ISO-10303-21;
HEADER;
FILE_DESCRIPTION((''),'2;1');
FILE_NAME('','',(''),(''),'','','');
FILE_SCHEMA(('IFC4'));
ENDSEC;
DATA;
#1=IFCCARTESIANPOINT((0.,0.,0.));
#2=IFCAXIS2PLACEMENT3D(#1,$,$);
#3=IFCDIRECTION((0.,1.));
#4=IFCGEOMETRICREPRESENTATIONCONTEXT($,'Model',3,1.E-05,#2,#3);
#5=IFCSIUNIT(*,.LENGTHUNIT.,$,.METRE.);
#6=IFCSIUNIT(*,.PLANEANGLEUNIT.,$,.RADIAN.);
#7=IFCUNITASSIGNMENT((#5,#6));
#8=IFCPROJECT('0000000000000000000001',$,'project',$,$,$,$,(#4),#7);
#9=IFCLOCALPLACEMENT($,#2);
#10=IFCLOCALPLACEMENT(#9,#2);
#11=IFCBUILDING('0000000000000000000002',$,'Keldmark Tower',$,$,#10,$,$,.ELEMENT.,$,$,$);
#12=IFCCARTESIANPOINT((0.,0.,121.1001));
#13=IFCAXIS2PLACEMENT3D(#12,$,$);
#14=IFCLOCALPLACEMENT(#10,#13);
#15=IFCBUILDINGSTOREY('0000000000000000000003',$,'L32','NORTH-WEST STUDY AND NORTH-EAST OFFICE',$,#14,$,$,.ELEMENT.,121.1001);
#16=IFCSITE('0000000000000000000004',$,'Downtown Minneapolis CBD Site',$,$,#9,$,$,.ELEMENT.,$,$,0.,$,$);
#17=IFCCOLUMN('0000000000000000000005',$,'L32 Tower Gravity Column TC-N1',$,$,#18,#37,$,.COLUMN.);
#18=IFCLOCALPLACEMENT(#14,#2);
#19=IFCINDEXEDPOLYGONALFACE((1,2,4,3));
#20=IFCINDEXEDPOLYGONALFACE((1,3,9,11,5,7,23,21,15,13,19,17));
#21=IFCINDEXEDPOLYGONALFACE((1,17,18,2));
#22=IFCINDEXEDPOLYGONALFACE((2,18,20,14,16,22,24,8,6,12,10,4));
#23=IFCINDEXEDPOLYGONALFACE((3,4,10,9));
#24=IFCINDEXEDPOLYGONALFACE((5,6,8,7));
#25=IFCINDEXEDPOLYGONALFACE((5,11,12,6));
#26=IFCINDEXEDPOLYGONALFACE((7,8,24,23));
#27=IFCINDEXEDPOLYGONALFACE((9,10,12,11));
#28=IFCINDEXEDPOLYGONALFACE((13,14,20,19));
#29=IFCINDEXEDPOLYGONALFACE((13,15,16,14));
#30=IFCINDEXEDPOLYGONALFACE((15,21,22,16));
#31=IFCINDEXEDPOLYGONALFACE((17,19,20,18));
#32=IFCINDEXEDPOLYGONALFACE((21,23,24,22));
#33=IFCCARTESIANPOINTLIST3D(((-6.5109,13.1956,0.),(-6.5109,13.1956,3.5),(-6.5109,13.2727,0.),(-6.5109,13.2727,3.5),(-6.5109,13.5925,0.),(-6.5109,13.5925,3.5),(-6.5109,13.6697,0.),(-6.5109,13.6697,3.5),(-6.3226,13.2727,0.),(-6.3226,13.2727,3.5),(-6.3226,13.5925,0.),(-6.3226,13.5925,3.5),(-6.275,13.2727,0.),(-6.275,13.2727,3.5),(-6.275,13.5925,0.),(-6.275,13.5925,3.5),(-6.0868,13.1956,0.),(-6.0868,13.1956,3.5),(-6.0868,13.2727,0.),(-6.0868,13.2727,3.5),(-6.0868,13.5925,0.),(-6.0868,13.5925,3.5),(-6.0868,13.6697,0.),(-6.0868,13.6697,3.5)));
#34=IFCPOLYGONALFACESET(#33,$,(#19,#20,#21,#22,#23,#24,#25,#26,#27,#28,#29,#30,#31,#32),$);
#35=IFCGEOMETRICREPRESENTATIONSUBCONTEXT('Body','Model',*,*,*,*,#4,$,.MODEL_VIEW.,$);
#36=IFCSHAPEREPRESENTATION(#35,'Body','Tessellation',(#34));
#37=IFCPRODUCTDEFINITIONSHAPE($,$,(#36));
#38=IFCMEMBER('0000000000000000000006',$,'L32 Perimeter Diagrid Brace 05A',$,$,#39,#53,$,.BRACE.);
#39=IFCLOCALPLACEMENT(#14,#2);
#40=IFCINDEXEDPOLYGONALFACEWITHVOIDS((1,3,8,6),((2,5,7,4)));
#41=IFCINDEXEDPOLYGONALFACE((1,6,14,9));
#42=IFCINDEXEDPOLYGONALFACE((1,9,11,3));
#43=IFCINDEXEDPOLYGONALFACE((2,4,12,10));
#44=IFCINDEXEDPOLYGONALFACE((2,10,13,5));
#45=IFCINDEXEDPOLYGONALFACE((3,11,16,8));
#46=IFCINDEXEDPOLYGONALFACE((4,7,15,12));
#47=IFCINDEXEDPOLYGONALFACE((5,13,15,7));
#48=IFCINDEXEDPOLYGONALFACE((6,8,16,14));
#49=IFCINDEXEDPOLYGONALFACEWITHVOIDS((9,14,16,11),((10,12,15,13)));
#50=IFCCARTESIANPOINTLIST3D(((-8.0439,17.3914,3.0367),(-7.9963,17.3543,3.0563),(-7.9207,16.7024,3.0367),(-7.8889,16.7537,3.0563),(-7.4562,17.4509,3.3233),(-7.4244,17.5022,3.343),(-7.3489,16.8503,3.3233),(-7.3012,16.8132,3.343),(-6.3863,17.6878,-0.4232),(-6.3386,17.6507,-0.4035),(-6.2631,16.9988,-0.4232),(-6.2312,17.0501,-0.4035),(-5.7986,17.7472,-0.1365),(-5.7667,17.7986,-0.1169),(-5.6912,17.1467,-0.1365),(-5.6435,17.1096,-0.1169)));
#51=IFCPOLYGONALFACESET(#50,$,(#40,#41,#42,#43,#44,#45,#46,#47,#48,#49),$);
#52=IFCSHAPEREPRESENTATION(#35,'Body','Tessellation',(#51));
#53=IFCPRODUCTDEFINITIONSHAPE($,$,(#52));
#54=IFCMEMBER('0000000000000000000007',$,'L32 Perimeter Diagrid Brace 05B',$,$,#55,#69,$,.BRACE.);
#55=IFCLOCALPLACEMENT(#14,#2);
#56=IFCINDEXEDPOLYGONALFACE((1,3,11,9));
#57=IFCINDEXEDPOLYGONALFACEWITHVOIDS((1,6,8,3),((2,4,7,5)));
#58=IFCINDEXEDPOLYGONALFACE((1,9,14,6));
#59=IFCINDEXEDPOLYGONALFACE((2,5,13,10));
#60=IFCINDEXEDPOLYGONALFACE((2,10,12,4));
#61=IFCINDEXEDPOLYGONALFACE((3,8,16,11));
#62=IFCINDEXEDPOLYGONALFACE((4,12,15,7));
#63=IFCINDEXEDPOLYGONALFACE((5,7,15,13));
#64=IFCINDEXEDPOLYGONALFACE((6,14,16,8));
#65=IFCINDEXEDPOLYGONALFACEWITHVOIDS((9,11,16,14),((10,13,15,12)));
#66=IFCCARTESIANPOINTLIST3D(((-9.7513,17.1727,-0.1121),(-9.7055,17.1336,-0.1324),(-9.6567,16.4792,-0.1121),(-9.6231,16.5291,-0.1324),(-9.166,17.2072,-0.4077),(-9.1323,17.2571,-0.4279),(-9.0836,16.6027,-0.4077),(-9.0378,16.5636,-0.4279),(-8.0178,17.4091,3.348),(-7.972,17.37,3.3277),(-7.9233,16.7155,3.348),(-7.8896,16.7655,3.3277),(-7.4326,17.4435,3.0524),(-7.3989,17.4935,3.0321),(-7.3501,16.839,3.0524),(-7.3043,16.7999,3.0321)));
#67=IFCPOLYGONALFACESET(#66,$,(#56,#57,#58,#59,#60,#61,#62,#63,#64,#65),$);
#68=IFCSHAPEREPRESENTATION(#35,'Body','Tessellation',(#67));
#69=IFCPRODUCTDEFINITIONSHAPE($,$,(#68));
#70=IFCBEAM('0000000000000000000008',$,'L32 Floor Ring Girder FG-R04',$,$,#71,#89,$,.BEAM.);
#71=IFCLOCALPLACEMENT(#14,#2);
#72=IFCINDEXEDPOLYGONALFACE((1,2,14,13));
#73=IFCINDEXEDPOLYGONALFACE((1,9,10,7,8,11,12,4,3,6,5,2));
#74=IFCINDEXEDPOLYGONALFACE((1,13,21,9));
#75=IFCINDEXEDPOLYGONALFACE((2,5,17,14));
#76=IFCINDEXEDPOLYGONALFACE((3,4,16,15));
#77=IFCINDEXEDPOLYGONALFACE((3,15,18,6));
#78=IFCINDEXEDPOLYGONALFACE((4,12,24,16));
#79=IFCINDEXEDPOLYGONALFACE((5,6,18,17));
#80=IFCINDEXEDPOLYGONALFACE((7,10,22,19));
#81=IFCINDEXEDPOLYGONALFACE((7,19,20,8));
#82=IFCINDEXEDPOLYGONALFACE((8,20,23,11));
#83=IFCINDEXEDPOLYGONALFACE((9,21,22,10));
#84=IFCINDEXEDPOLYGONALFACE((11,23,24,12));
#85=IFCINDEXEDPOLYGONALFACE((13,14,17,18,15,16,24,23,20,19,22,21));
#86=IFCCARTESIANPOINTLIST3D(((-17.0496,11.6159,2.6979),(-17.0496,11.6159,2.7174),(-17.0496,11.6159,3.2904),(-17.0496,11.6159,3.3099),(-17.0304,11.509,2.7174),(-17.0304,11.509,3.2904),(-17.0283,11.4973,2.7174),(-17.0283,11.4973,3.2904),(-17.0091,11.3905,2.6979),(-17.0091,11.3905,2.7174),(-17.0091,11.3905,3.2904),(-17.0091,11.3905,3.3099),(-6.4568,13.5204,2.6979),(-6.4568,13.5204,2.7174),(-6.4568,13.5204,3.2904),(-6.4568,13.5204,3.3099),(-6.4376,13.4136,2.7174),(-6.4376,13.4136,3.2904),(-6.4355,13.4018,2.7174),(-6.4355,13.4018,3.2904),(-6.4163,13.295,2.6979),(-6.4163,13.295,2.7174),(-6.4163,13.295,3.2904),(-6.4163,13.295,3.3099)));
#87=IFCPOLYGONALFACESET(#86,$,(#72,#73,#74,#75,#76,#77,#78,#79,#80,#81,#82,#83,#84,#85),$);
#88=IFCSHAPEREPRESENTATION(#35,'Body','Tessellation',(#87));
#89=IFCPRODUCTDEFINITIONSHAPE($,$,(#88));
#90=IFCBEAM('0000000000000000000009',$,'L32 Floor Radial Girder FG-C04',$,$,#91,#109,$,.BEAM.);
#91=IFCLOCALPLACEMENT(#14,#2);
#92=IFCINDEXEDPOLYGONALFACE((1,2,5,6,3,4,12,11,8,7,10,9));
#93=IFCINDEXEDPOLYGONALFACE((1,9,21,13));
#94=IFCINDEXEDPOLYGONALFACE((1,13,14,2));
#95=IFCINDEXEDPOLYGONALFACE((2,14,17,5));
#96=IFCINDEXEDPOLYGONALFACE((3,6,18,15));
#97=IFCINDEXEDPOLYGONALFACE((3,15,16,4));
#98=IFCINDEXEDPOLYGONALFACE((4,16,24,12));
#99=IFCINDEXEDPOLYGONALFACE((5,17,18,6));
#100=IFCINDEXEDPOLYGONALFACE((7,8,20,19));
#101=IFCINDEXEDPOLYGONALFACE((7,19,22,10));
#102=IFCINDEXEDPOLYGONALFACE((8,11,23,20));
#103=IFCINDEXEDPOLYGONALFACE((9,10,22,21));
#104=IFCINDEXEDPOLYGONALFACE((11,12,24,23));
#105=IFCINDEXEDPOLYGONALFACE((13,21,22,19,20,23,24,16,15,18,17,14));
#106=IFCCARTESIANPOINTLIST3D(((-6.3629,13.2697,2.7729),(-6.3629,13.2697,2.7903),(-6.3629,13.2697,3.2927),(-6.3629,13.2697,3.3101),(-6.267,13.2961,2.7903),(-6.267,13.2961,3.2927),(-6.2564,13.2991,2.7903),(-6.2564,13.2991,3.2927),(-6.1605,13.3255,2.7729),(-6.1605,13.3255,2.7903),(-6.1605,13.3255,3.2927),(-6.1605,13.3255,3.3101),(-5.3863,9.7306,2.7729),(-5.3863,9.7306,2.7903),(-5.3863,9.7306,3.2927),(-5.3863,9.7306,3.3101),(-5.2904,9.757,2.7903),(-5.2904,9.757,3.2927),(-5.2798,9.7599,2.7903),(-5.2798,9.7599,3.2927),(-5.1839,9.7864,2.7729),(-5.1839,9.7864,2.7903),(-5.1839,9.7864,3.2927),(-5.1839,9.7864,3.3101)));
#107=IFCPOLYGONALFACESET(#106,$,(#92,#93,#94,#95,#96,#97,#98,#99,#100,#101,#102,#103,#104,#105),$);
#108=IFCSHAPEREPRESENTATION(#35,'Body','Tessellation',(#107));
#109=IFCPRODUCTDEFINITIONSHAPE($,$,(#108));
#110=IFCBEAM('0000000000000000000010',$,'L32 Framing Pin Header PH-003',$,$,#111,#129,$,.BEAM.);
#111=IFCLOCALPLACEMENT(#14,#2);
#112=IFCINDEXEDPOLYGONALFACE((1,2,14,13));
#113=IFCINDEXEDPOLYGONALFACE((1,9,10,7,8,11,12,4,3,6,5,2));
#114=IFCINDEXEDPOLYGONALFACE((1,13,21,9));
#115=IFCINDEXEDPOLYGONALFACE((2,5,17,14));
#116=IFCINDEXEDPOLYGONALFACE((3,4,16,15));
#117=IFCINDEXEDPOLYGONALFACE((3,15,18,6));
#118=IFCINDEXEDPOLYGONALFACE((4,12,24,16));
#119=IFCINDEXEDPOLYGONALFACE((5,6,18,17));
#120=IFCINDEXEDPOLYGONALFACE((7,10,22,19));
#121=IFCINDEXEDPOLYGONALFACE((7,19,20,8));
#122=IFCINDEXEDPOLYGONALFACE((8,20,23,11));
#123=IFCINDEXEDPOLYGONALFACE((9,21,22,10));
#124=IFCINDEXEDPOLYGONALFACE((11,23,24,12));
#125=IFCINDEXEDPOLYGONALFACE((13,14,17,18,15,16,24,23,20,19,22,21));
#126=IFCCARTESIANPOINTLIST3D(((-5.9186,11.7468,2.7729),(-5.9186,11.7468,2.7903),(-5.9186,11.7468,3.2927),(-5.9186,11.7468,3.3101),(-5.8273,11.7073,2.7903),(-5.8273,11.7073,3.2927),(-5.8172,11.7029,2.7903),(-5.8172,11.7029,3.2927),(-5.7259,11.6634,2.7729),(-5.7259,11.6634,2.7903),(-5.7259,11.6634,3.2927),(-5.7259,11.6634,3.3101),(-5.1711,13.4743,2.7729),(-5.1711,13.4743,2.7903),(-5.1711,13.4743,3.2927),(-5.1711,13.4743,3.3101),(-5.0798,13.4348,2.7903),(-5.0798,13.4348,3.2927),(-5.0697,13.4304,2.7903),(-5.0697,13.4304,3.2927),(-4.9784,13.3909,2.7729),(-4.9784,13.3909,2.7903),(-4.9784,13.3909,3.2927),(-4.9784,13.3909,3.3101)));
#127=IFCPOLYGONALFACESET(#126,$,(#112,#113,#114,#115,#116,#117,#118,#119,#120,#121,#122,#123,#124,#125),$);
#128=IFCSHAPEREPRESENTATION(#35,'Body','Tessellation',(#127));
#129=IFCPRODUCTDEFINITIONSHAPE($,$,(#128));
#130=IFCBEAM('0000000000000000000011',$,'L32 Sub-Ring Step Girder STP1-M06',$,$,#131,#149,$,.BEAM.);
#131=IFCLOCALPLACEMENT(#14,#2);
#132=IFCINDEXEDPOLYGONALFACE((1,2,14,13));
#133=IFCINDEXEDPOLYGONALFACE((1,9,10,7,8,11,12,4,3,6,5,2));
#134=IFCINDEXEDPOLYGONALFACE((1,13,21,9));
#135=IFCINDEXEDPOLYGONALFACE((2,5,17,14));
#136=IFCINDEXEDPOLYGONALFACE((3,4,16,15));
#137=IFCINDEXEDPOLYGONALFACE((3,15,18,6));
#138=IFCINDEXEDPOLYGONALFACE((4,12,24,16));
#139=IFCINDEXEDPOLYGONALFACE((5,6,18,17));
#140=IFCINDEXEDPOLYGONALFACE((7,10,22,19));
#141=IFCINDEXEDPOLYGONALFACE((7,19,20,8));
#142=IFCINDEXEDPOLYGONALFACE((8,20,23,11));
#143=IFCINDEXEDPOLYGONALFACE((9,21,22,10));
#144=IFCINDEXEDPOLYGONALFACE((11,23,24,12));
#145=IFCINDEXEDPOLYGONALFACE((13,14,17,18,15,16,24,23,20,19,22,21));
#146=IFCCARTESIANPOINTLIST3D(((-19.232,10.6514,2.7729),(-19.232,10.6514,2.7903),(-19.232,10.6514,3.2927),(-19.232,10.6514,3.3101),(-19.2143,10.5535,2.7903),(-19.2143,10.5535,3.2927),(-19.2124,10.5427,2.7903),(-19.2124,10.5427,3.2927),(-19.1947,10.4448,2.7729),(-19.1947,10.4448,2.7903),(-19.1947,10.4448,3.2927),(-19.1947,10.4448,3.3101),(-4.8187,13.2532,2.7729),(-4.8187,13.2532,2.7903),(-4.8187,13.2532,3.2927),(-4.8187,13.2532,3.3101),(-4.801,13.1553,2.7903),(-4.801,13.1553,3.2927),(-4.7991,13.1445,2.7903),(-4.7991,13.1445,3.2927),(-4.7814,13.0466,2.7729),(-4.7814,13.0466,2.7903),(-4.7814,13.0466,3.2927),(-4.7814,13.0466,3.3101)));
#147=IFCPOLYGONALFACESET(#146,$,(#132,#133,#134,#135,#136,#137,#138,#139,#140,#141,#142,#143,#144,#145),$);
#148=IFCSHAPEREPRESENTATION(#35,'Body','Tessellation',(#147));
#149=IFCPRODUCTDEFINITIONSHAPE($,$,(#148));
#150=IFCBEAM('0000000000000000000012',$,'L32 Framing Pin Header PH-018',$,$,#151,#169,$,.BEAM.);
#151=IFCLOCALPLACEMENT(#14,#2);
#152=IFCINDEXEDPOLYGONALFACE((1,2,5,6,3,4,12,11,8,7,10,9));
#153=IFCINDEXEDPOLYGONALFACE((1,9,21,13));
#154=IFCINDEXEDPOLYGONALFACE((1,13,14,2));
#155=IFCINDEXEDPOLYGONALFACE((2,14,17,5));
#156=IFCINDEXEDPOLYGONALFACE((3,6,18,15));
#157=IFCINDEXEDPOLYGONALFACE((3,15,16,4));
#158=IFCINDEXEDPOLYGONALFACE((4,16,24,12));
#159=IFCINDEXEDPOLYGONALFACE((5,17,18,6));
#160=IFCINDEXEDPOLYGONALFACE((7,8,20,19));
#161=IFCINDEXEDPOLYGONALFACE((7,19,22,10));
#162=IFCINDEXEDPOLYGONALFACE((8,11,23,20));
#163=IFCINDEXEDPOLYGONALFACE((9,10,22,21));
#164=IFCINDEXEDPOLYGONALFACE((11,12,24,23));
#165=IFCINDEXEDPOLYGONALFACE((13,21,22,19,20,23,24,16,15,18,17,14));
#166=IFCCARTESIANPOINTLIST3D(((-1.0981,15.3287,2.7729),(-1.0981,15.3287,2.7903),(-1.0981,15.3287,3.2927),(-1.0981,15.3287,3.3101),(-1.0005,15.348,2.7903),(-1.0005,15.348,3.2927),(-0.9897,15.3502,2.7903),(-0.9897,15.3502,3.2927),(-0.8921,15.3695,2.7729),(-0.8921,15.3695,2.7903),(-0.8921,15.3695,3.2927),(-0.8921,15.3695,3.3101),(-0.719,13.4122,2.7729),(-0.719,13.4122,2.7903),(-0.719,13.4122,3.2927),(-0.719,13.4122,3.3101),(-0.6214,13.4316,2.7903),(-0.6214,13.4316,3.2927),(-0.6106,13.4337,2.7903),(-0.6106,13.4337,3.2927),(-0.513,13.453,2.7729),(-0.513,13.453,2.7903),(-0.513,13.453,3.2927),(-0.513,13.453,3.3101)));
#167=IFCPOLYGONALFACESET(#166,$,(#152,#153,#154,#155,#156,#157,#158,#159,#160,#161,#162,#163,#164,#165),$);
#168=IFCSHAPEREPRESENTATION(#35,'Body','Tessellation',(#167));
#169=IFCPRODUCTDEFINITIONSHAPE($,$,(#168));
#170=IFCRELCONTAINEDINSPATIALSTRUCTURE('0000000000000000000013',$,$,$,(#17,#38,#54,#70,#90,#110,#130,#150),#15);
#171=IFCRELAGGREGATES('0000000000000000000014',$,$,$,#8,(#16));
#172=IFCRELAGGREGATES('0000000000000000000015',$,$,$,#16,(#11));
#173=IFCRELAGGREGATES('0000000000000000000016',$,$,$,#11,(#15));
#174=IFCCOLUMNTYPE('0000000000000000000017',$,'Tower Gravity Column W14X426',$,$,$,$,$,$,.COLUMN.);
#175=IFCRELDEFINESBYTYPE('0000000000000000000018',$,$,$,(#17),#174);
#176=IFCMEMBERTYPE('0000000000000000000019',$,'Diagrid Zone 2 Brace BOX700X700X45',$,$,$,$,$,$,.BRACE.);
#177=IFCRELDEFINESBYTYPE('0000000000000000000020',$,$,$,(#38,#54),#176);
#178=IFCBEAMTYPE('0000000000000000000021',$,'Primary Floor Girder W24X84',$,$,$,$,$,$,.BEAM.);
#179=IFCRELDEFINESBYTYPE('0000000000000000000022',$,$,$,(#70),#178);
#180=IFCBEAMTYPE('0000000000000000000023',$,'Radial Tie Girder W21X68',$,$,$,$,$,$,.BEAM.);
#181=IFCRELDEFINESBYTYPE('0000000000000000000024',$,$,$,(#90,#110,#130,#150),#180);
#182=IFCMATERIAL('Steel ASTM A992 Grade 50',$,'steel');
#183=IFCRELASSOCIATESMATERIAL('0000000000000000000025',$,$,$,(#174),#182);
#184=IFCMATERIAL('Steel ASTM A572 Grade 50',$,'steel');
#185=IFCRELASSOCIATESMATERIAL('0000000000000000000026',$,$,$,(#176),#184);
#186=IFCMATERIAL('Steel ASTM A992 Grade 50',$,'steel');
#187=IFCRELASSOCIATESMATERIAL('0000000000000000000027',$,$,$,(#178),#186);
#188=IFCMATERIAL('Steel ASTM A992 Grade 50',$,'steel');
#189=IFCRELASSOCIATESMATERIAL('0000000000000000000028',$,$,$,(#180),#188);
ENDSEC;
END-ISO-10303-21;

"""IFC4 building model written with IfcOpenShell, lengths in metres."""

from ifc_helpers import new_model, si_unit, direction, frame, origin, origin_2d, place, context, subcontext, project, spatial, hollow_rectangle, i_section, extrude, material, material_profile, profile_set, type_object, element, save


model = new_model("IFC4")

# Units and contexts
model_context = context("Model", 3, precision=1e-05, world=origin(), true_north=direction((0.0, 1.0)))
body_context = subcontext(model_context, "Body", "Model", "MODEL_VIEW")
ifc_project = project(units=[si_unit("LENGTHUNIT", "METRE"), si_unit("PLANEANGLEUNIT", "RADIAN")], contexts=[model_context])

# Site, building, storey
site_placement = place(None, origin())
site = spatial("IfcSite", under=ifc_project, at=site_placement, Name="Downtown Minneapolis CBD Site", CompositionType="ELEMENT", RefElevation=0.0)
building_placement = place(site_placement, origin())
building = spatial("IfcBuilding", under=site, at=building_placement, Name="Keldmark Tower", CompositionType="ELEMENT")
storey_placement = place(building_placement, frame((0.0, 0.0, 121.1001)))
storey = spatial("IfcBuildingStorey", under=building, at=storey_placement, Name="L32", Description="NORTH-WEST STUDY AND NORTH-EAST OFFICE", CompositionType="ELEMENT", Elevation=121.1001)

# Column
ifc_material_1 = material(Name="Steel ASTM A992 Grade 50", Category="steel")
ifc_material_profile_1 = material_profile(ifc_material_1, i_section(OverallWidth=0.4241, OverallDepth=0.4741, WebThickness=0.0476, FlangeThickness=0.0771, at=origin_2d()), Name="W14X426")
ifc_profile_set_1 = profile_set([ifc_material_profile_1], Name="Steel ASTM A992 Grade 50")
column_type = type_object("IfcColumnType", Name="Tower Gravity Column W14X426", PredefinedType="COLUMN", material=ifc_profile_set_1)
column_placement = place(storey_placement, frame((-6.2988, 13.4326, 0.0), z_axis=(0.0, 0.0, 1.0), x_axis=(1.0, 0.0, 0.0)))
element("IfcColumn", 1, at=column_placement, inside=storey, type_object=column_type, Name="L32 Tower Gravity Column TC-N1", PredefinedType="COLUMN", context=body_context, shape_type="SweptSolid", body=[
    extrude(i_section(OverallWidth=0.4241, OverallDepth=0.4741, WebThickness=0.0476, FlangeThickness=0.0771, at=origin_2d()), origin(), (0.0, 0.0, 1.0), 3.5),
])

# Members
ifc_material_2 = material(Name="Steel ASTM A572 Grade 50", Category="steel")
ifc_material_profile_2 = material_profile(ifc_material_2, hollow_rectangle(XDim=0.7, YDim=0.7, WallThickness=0.0449, at=origin_2d()), Name="BOX700X700X45")
ifc_profile_set_2 = profile_set([ifc_material_profile_2], Name="Steel ASTM A572 Grade 50")
member_type = type_object("IfcMemberType", Name="Diagrid Zone 2 Brace BOX700X700X45", PredefinedType="BRACE", material=ifc_profile_set_2)
member_1_placement = place(storey_placement, frame((-6.0149, 17.3987, -0.27), z_axis=(-0.430798, -0.077023, 0.899156), x_axis=(0.176001, -0.98439, 0.0)))
element("IfcMember", 2, at=member_1_placement, inside=storey, type_object=member_type, Name="L32 Perimeter Diagrid Brace 05A", PredefinedType="BRACE", context=body_context, shape_type="SweptSolid", body=[
    extrude(hollow_rectangle(XDim=0.7, YDim=0.7, WallThickness=0.0449, at=origin_2d()), origin(), (0.0, 0.0, 1.0), 3.8479),
])
member_2_placement = place(storey_placement, frame((-9.3945, 16.8682, -0.27), z_axis=(0.447087, 0.060955, 0.892411), x_axis=(-0.135088, 0.990834, 0.0)))
element("IfcMember", 3, at=member_2_placement, inside=storey, type_object=member_type, Name="L32 Perimeter Diagrid Brace 05B", PredefinedType="BRACE", context=body_context, shape_type="SweptSolid", body=[
    extrude(hollow_rectangle(XDim=0.7, YDim=0.7, WallThickness=0.0449, at=origin_2d()), origin(), (0.0, 0.0, 1.0), 3.8772),
])

# Beams
ifc_material_3 = material(Name="Steel ASTM A992 Grade 50", Category="steel")
ifc_material_profile_3 = material_profile(ifc_material_3, i_section(OverallWidth=0.229, OverallDepth=0.6121, WebThickness=0.012, FlangeThickness=0.0195, at=origin_2d()), Name="W24X84")
ifc_profile_set_3 = profile_set([ifc_material_profile_3], Name="Steel ASTM A992 Grade 50")
beam_type_1 = type_object("IfcBeamType", Name="Primary Floor Girder W24X84", PredefinedType="BEAM", material=ifc_profile_set_3)
beam_1_placement = place(storey_placement, frame((-6.4365, 13.4077, 3.0039), z_axis=(-0.984218, -0.176959, 0.0), x_axis=(0.176959, -0.984218, 0.0)))
element("IfcBeam", 4, at=beam_1_placement, inside=storey, type_object=beam_type_1, Name="L32 Floor Ring Girder FG-R04", PredefinedType="BEAM", context=body_context, shape_type="SweptSolid", body=[
    extrude(i_section(OverallWidth=0.229, OverallDepth=0.6121, WebThickness=0.012, FlangeThickness=0.0195, at=origin_2d()), origin(), (0.0, 0.0, 1.0), 10.7627),
])
ifc_material_4 = material(Name="Steel ASTM A992 Grade 50", Category="steel")
ifc_material_profile_4 = material_profile(ifc_material_4, i_section(OverallWidth=0.21, OverallDepth=0.5371, WebThickness=0.011, FlangeThickness=0.0173, at=origin_2d()), Name="W21X68")
ifc_profile_set_4 = profile_set([ifc_material_profile_4], Name="Steel ASTM A992 Grade 50")
beam_type_2 = type_object("IfcBeamType", Name="Radial Tie Girder W21X68", PredefinedType="BEAM", material=ifc_profile_set_4)
beam_2_placement = place(storey_placement, frame((-6.2617, 13.2976, 3.0415), z_axis=(0.265997, -0.963974, 0.0), x_axis=(0.963974, 0.265997, 0.0)))
element("IfcBeam", 5, at=beam_2_placement, inside=storey, type_object=beam_type_2, Name="L32 Floor Radial Girder FG-C04", PredefinedType="BEAM", context=body_context, shape_type="SweptSolid", body=[
    extrude(i_section(OverallWidth=0.21, OverallDepth=0.5371, WebThickness=0.011, FlangeThickness=0.0173, at=origin_2d()), origin(), (0.0, 0.0, 1.0), 3.6714),
])
beam_3_placement = place(storey_placement, frame((-5.8223, 11.7051, 3.0415), z_axis=(0.397141, 0.917757, 0.0), x_axis=(-0.917757, 0.397141, 0.0)))
element("IfcBeam", 6, at=beam_3_placement, inside=storey, type_object=beam_type_2, Name="L32 Framing Pin Header PH-003", PredefinedType="BEAM", context=body_context, shape_type="SweptSolid", body=[
    extrude(i_section(OverallWidth=0.21, OverallDepth=0.5371, WebThickness=0.011, FlangeThickness=0.0173, at=origin_2d()), origin(), (0.0, 0.0, 1.0), 1.8823),
])
beam_4_placement = place(storey_placement, frame((-4.8, 13.1499, 3.0415), z_axis=(-0.984095, -0.177643, 0.0), x_axis=(0.177643, -0.984095, 0.0)))
element("IfcBeam", 7, at=beam_4_placement, inside=storey, type_object=beam_type_2, Name="L32 Sub-Ring Step Girder STP1-M06", PredefinedType="BEAM", context=body_context, shape_type="SweptSolid", body=[
    extrude(i_section(OverallWidth=0.21, OverallDepth=0.5371, WebThickness=0.011, FlangeThickness=0.0173, at=origin_2d()), origin(), (0.0, 0.0, 1.0), 14.6462),
])
beam_5_placement = place(storey_placement, frame((-0.616, 13.4326, 3.0415), z_axis=(-0.194073, 0.980987, 0.0), x_axis=(-0.980987, -0.194073, 0.0)))
element("IfcBeam", 8, at=beam_5_placement, inside=storey, type_object=beam_type_2, Name="L32 Framing Pin Header PH-018", PredefinedType="BEAM", context=body_context, shape_type="SweptSolid", body=[
    extrude(i_section(OverallWidth=0.21, OverallDepth=0.5371, WebThickness=0.011, FlangeThickness=0.0173, at=origin_2d()), origin(), (0.0, 0.0, 1.0), 1.9536),
])

save(model, "model.ifc")
